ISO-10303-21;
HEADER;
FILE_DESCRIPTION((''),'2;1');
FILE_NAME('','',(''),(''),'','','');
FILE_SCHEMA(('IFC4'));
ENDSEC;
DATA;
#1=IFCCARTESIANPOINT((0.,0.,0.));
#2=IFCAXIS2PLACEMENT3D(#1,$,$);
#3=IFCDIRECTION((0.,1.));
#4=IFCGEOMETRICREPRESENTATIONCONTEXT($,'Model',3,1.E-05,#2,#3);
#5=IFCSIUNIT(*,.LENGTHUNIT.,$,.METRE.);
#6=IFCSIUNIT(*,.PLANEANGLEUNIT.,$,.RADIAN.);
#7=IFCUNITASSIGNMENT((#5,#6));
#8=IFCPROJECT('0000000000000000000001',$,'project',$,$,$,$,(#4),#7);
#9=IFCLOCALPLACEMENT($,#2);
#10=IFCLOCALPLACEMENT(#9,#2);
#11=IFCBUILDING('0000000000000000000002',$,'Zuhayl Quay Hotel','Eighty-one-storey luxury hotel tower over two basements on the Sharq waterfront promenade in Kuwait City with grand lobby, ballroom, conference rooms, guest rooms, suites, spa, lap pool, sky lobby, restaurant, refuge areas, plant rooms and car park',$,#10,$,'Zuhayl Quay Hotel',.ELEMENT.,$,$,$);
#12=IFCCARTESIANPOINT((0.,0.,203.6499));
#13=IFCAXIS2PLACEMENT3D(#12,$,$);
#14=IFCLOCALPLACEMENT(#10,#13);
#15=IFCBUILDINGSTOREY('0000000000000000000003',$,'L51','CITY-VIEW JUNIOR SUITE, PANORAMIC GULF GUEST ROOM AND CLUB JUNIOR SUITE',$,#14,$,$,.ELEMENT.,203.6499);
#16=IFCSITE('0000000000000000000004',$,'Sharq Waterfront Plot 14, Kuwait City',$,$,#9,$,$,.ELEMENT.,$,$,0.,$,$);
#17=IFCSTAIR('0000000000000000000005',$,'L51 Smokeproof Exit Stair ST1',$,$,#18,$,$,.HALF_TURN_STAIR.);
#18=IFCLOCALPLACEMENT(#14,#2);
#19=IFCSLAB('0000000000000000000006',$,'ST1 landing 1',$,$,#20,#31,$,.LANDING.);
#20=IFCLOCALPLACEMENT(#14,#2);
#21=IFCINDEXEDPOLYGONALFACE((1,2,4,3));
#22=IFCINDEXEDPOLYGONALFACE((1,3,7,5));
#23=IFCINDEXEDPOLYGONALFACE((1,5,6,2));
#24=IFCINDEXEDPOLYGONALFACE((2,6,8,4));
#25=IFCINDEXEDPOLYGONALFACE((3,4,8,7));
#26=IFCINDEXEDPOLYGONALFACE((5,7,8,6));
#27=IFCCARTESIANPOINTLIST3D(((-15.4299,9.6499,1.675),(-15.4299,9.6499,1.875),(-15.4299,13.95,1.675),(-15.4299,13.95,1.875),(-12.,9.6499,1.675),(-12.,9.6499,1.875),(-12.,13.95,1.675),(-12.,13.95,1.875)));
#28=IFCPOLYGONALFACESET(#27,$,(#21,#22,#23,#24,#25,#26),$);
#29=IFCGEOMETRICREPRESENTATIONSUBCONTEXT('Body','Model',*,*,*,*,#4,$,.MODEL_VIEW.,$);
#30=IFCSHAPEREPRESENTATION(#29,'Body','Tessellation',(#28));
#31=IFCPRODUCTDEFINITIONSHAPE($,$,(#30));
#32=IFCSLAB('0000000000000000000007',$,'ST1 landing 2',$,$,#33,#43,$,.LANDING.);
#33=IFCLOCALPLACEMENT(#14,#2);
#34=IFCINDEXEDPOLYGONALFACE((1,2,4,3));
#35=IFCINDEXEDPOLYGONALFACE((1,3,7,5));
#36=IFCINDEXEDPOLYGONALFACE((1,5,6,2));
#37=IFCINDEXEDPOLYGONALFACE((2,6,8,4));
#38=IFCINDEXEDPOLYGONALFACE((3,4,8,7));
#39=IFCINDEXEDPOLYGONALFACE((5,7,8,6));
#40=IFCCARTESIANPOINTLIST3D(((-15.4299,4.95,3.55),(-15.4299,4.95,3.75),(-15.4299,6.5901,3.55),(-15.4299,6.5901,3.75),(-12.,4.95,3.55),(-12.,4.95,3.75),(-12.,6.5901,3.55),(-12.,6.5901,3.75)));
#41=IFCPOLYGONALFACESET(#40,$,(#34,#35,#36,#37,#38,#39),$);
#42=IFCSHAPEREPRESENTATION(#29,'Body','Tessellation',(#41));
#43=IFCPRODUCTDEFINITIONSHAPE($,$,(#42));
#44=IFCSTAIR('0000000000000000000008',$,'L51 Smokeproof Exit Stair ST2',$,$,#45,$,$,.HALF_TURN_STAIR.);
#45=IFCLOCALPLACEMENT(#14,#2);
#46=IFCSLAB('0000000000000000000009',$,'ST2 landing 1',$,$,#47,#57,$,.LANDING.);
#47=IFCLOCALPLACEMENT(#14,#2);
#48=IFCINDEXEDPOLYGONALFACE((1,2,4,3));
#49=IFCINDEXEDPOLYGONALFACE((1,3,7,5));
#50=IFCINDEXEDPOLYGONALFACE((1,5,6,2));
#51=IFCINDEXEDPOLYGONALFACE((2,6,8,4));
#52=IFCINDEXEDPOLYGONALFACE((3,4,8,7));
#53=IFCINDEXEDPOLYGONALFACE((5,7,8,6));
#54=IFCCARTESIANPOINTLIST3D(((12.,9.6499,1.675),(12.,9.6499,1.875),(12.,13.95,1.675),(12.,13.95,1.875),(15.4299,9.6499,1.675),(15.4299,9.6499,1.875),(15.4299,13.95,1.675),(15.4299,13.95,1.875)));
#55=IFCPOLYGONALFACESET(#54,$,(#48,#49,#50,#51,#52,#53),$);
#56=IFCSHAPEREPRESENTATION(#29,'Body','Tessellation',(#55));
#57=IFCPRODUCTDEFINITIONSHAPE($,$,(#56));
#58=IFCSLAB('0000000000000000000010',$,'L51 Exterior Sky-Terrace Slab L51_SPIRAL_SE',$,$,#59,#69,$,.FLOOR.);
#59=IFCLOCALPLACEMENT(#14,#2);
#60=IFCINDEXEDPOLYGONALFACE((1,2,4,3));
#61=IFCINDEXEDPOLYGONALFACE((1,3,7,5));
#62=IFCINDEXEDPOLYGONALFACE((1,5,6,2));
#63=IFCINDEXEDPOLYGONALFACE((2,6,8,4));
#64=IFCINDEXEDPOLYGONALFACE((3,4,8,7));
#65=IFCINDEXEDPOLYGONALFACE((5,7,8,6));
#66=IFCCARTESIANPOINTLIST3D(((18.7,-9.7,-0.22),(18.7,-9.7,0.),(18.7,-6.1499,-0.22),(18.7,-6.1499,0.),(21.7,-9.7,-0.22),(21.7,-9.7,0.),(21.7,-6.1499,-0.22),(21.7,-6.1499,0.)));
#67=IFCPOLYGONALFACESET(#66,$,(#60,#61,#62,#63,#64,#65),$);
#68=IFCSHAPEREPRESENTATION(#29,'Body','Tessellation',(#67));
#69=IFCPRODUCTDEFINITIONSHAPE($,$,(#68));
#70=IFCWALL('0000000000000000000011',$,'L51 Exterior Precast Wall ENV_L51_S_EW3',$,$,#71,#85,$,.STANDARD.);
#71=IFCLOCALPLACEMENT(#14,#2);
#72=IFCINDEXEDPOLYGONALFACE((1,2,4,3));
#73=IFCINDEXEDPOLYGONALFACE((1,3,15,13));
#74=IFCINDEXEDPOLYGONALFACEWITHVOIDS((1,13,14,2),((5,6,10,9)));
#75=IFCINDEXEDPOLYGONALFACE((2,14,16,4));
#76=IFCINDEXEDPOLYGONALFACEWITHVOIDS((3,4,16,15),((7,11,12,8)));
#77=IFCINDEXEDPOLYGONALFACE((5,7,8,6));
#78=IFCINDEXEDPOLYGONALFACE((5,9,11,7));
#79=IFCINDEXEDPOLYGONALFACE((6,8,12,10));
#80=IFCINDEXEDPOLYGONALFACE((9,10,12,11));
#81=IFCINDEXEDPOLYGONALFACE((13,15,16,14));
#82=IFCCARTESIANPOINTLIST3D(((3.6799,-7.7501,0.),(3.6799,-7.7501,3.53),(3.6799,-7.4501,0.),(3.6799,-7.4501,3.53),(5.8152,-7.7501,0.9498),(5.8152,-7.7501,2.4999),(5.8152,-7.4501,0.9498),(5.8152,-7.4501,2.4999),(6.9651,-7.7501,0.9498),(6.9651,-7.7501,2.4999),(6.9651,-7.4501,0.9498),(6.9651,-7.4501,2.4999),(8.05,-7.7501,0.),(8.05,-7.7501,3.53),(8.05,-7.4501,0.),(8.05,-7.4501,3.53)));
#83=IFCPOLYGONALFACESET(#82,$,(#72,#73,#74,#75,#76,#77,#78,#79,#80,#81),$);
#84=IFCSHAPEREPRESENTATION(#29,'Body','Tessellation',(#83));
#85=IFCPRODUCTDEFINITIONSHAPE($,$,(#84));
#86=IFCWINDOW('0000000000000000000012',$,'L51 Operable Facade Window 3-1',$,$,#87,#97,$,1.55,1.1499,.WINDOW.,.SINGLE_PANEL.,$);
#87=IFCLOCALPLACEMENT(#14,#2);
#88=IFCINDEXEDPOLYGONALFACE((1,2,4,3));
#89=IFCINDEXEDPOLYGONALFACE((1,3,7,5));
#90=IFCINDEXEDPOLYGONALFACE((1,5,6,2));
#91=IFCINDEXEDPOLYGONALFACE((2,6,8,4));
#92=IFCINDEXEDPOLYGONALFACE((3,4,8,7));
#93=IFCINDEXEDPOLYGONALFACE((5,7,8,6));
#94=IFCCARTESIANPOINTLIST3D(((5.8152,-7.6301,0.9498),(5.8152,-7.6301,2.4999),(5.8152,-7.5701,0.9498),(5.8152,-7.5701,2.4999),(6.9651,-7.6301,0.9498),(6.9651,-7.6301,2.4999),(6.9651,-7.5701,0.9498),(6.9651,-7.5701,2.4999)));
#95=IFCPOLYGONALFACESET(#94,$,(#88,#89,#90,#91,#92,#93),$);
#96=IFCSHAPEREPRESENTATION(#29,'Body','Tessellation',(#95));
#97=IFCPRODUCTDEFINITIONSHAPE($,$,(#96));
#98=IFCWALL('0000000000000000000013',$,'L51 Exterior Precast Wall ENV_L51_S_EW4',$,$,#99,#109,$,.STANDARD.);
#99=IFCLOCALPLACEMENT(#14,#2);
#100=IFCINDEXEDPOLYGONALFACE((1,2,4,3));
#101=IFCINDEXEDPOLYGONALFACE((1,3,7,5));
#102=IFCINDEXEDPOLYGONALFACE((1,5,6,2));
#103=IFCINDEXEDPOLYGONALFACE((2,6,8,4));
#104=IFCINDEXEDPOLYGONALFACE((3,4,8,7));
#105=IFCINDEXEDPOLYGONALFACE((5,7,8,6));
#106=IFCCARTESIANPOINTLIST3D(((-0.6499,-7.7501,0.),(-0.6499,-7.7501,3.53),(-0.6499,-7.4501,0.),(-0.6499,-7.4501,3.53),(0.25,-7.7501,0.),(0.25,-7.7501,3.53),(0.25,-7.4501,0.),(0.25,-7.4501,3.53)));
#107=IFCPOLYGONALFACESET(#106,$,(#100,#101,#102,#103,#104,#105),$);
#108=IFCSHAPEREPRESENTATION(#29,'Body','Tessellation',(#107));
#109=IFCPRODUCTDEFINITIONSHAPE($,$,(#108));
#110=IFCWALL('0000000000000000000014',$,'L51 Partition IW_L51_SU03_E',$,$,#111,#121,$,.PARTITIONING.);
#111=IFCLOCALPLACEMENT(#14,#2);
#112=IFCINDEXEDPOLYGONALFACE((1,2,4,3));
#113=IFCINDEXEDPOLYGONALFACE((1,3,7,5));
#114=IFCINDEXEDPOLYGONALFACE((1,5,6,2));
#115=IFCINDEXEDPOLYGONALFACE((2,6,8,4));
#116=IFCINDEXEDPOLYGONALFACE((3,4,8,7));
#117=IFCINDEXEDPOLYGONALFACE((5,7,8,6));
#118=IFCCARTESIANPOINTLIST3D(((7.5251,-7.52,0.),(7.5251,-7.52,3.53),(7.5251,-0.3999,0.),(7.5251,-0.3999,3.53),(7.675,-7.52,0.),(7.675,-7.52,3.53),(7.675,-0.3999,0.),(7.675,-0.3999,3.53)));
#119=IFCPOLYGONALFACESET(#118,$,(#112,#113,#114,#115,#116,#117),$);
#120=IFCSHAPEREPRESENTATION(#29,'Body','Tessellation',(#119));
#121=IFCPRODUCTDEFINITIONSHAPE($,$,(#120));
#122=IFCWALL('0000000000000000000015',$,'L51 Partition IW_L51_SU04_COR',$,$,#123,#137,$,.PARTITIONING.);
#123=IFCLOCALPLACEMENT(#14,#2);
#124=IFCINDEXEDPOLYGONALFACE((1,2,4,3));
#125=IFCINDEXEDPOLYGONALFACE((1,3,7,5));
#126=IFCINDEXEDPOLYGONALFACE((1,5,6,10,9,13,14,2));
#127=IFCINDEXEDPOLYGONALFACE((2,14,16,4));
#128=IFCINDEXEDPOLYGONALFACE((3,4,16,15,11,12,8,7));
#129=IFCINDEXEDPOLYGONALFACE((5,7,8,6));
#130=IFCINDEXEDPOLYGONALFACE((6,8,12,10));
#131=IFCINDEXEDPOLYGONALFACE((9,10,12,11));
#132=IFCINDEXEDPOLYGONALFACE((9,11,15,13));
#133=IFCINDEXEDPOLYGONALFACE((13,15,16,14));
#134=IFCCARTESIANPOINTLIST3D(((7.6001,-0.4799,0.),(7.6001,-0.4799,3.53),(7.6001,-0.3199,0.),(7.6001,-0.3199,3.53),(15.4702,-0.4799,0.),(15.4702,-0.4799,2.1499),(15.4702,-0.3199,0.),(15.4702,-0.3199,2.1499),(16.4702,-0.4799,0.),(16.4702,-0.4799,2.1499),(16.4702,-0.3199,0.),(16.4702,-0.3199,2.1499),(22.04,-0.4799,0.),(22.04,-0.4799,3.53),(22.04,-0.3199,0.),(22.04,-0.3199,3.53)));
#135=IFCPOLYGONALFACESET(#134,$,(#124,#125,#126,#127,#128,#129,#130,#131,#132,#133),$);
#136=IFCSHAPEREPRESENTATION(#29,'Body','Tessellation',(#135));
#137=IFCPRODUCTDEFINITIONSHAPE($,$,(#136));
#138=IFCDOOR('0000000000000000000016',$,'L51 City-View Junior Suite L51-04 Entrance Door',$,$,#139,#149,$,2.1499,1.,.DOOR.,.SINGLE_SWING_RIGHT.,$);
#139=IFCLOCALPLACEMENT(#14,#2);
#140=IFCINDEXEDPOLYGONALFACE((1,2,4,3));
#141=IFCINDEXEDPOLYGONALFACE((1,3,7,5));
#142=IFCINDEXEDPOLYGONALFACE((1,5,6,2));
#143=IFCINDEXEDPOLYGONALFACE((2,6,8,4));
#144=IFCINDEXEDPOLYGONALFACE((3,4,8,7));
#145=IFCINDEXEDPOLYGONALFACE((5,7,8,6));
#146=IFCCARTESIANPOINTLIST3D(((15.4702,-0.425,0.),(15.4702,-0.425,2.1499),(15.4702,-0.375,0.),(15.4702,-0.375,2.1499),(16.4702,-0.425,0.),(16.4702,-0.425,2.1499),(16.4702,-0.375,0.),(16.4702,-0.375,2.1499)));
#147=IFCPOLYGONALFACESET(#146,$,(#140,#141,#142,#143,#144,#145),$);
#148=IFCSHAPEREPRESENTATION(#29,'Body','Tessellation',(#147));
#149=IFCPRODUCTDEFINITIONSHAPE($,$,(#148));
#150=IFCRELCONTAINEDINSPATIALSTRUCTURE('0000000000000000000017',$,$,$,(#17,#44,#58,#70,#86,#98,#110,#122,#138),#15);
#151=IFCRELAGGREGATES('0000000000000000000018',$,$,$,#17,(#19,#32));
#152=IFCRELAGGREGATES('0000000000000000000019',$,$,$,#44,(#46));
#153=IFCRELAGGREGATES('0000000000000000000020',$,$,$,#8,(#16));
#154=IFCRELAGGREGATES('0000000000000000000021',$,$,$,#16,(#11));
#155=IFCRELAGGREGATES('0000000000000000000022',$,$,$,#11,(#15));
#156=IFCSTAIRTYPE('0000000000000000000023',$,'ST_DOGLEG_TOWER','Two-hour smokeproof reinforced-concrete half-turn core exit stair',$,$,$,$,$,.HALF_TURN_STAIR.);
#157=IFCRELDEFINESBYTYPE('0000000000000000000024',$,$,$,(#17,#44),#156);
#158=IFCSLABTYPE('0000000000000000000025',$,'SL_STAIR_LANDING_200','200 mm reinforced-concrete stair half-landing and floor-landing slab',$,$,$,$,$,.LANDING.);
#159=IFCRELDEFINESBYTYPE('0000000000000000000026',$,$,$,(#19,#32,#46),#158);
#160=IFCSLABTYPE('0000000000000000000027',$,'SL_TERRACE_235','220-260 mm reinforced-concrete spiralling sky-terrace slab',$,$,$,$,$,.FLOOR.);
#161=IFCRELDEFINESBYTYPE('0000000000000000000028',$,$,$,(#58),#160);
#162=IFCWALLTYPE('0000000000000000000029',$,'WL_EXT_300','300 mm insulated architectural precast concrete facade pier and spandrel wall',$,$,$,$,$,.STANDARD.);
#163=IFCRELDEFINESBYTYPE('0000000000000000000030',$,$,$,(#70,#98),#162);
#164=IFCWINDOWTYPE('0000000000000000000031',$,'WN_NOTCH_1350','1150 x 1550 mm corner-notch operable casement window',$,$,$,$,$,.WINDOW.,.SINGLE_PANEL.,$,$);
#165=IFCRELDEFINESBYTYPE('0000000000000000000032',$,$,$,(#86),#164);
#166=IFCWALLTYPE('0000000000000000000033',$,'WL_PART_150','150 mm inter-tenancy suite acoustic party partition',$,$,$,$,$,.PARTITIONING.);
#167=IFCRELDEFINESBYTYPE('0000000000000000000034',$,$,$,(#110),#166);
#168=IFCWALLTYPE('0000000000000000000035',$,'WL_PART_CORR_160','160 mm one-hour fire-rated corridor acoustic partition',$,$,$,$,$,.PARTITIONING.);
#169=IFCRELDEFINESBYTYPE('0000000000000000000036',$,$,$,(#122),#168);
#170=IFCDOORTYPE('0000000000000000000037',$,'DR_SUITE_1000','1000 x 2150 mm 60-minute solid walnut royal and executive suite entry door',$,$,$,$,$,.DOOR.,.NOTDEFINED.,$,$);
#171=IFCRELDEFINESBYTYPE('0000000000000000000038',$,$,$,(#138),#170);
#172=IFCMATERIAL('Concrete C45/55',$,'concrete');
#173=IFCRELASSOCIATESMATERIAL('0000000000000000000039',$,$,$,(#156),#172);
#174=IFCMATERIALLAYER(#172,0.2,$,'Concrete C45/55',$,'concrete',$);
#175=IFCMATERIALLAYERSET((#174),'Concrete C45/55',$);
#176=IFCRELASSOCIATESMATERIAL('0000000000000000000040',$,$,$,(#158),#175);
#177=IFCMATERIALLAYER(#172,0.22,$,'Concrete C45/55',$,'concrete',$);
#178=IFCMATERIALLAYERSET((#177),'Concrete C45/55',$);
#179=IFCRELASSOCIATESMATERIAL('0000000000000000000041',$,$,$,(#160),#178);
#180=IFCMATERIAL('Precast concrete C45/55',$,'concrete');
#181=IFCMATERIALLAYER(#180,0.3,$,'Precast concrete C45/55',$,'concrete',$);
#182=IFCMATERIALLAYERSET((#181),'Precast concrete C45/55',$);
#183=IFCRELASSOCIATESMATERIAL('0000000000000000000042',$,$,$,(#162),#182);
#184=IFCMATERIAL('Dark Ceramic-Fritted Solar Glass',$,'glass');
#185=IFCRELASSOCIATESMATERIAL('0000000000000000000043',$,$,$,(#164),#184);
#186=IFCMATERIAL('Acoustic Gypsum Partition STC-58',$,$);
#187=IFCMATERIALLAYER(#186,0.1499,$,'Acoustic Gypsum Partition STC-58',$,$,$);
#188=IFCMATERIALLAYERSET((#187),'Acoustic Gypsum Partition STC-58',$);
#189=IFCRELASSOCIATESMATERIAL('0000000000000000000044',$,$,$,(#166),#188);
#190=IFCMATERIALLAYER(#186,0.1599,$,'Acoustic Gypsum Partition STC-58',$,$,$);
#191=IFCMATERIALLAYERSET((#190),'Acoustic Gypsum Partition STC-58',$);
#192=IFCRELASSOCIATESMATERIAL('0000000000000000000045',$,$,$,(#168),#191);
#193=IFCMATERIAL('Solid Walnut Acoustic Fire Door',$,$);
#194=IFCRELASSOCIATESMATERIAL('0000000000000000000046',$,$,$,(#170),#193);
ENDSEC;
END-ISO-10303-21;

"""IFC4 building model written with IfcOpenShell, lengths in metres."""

from ifc_helpers import new_model, si_unit, direction, frame, frame_2d, origin, place, context, subcontext, project, spatial, polyline, rectangle, outline, extrude, material, layer, layer_set, type_object, element, fill, aggregate, save


model = new_model("IFC4")

# Units and contexts
model_context = context("Model", 3, precision=1e-05, world=origin(), true_north=direction((0.0, 1.0)))
body_context = subcontext(model_context, "Body", "Model", "MODEL_VIEW")
ifc_project = project(units=[si_unit("LENGTHUNIT", "METRE"), si_unit("PLANEANGLEUNIT", "RADIAN")], contexts=[model_context])

# Site, building, storey
site_placement = place(None, origin())
site = spatial("IfcSite", under=ifc_project, at=site_placement, Name="Sharq Waterfront Plot 14, Kuwait City", CompositionType="ELEMENT", RefElevation=0.0)
building_placement = place(site_placement, origin())
building = spatial("IfcBuilding", under=site, at=building_placement, Name="Zuhayl Quay Hotel", Description="Eighty-one-storey luxury hotel tower over two basements on the Sharq waterfront promenade in Kuwait City with grand lobby, ballroom, conference rooms, guest rooms, suites, spa, lap pool, sky lobby, restaurant, refuge areas, plant rooms and car park", LongName="Zuhayl Quay Hotel", CompositionType="ELEMENT")
storey_placement = place(building_placement, frame((0.0, 0.0, 203.6499)))
storey = spatial("IfcBuildingStorey", under=building, at=storey_placement, Name="L51", Description="CITY-VIEW JUNIOR SUITE, PANORAMIC GULF GUEST ROOM AND CLUB JUNIOR SUITE", CompositionType="ELEMENT", Elevation=203.6499)

# Shared definitions
ifc_material_1 = material(Name="Dark Ceramic-Fritted Solar Glass", Category="glass")

# Stair, slabs
ifc_material_2 = material(Name="Concrete C45/55", Category="concrete")
stair_type = type_object("IfcStairType", Name="ST_DOGLEG_TOWER", Description="Two-hour smokeproof reinforced-concrete half-turn core exit stair", PredefinedType="HALF_TURN_STAIR", material=ifc_material_2)
stair_1_placement = place(storey_placement, origin())
stair_1 = element("IfcStair", 1, at=stair_1_placement, inside=storey, type_object=stair_type, Name="L51 Smokeproof Exit Stair ST1", PredefinedType="HALF_TURN_STAIR")
ifc_layer_1 = layer(ifc_material_2, 0.2, Name="Concrete C45/55", Category="concrete")
ifc_layer_set_1 = layer_set([ifc_layer_1], Name="Concrete C45/55")
slab_type_1 = type_object("IfcSlabType", Name="SL_STAIR_LANDING_200", Description="200 mm reinforced-concrete stair half-landing and floor-landing slab", PredefinedType="LANDING", material=ifc_layer_set_1)
slab_1_placement = place(storey_placement, frame((0.0, 0.0, 1.675)))
slab_1 = element("IfcSlab", 2, at=slab_1_placement, type_object=slab_type_1, Name="ST1 landing 1", PredefinedType="LANDING", context=body_context, shape_type="SweptSolid", body=[
    extrude(outline(polyline([(-12.0, 9.6499), (-12.0, 13.95), (-15.4299, 13.95), (-15.4299, 9.6499), (-12.0, 9.6499)])), origin(), (0.0, 0.0, 1.0), 0.2),
])
slab_2_placement = place(storey_placement, frame((0.0, 0.0, 3.55)))
slab_2 = element("IfcSlab", 3, at=slab_2_placement, type_object=slab_type_1, Name="ST1 landing 2", PredefinedType="LANDING", context=body_context, shape_type="SweptSolid", body=[
    extrude(outline(polyline([(-12.0, 4.95), (-12.0, 6.5901), (-15.4299, 6.5901), (-15.4299, 4.95), (-12.0, 4.95)])), origin(), (0.0, 0.0, 1.0), 0.2),
])
aggregate(stair_1, [slab_1, slab_2])

# Stair, slab
stair_2_placement = place(storey_placement, origin())
stair_2 = element("IfcStair", 4, at=stair_2_placement, inside=storey, type_object=stair_type, Name="L51 Smokeproof Exit Stair ST2", PredefinedType="HALF_TURN_STAIR")
slab_3_placement = place(storey_placement, frame((0.0, 0.0, 1.675)))
slab_3 = element("IfcSlab", 5, at=slab_3_placement, type_object=slab_type_1, Name="ST2 landing 1", PredefinedType="LANDING", context=body_context, shape_type="SweptSolid", body=[
    extrude(outline(polyline([(15.4299, 9.6499), (15.4299, 13.95), (12.0, 13.95), (12.0, 9.6499), (15.4299, 9.6499)])), origin(), (0.0, 0.0, 1.0), 0.2),
])
aggregate(stair_2, [slab_3])

# Slab
ifc_layer_2 = layer(ifc_material_2, 0.22, Name="Concrete C45/55", Category="concrete")
ifc_layer_set_2 = layer_set([ifc_layer_2], Name="Concrete C45/55")
slab_type_2 = type_object("IfcSlabType", Name="SL_TERRACE_235", Description="220-260 mm reinforced-concrete spiralling sky-terrace slab", PredefinedType="FLOOR", material=ifc_layer_set_2)
slab_4_placement = place(storey_placement, frame((0.0, 0.0, -0.22)))
element("IfcSlab", 6, at=slab_4_placement, inside=storey, type_object=slab_type_2, Name="L51 Exterior Sky-Terrace Slab L51_SPIRAL_SE", PredefinedType="FLOOR", context=body_context, shape_type="SweptSolid", body=[
    extrude(outline(polyline([(18.7, -9.7), (21.7, -9.7), (21.7, -6.1499), (18.7, -6.1499), (18.7, -9.7)])), origin(), (0.0, 0.0, 1.0), 0.22),
])

# Wall, opening, window
ifc_material_3 = material(Name="Precast concrete C45/55", Category="concrete")
ifc_layer_3 = layer(ifc_material_3, 0.3, Name="Precast concrete C45/55", Category="concrete")
ifc_layer_set_3 = layer_set([ifc_layer_3], Name="Precast concrete C45/55")
wall_type_1 = type_object("IfcWallType", Name="WL_EXT_300", Description="300 mm insulated architectural precast concrete facade pier and spandrel wall", PredefinedType="STANDARD", material=ifc_layer_set_3)
wall_1_placement = place(storey_placement, frame((8.05, -7.6001, 0.0), z_axis=(0.0, 0.0, 1.0), x_axis=(-1.0, 0.0, 0.0)))
wall_1 = element("IfcWall", 7, at=wall_1_placement, inside=storey, type_object=wall_type_1, Name="L51 Exterior Precast Wall ENV_L51_S_EW3", PredefinedType="STANDARD", context=body_context, shape_type="SweptSolid", body=[
    extrude(rectangle(XDim=4.3701, YDim=0.3, at=frame_2d((2.1851, 0.0))), origin(), (0.0, 0.0, 1.0), 3.53),
])
opening_1_placement = place(wall_1_placement, frame((1.085, 0.0, 0.95)))
opening_1 = element("IfcOpeningElement", 8, at=opening_1_placement, cuts=wall_1, PredefinedType="OPENING", context=body_context, shape_type="SweptSolid", body=[
    extrude(rectangle(XDim=1.1499, YDim=1.55, at=frame_2d((0.575, 0.7749))), frame((0.0, 0.1599, 0.0), z_axis=(0.0, -1.0, 0.0), x_axis=(1.0, 0.0, 0.0)), (0.0, 0.0, 1.0), 0.3201),
])
window_type = type_object("IfcWindowType", Name="WN_NOTCH_1350", Description="1150 x 1550 mm corner-notch operable casement window", PartitioningType="SINGLE_PANEL", PredefinedType="WINDOW", material=ifc_material_1)
window_placement = place(opening_1_placement, origin())
window = element("IfcWindow", 9, at=window_placement, inside=storey, type_object=window_type, Name="L51 Operable Facade Window 3-1", OverallHeight=1.55, OverallWidth=1.1499, PartitioningType="SINGLE_PANEL", PredefinedType="WINDOW", context=body_context, shape_type="SweptSolid", body=[
    extrude(rectangle(XDim=1.1499, YDim=1.55, at=frame_2d((0.575, 0.7749))), frame((0.0, 0.03, 0.0), z_axis=(0.0, -1.0, 0.0), x_axis=(1.0, 0.0, 0.0)), (0.0, 0.0, 1.0), 0.0601),
])
fill(opening_1, window)

# Walls
wall_2_placement = place(storey_placement, frame((0.25, -7.6001, 0.0), z_axis=(0.0, 0.0, 1.0), x_axis=(-1.0, 0.0, 0.0)))
element("IfcWall", 10, at=wall_2_placement, inside=storey, type_object=wall_type_1, Name="L51 Exterior Precast Wall ENV_L51_S_EW4", PredefinedType="STANDARD", context=body_context, shape_type="SweptSolid", body=[
    extrude(rectangle(XDim=0.8999, YDim=0.3, at=frame_2d((0.45, 0.0))), origin(), (0.0, 0.0, 1.0), 3.53),
])
ifc_material_4 = material(Name="Acoustic Gypsum Partition STC-58")
ifc_layer_4 = layer(ifc_material_4, 0.1499, Name="Acoustic Gypsum Partition STC-58")
ifc_layer_set_4 = layer_set([ifc_layer_4], Name="Acoustic Gypsum Partition STC-58")
wall_type_2 = type_object("IfcWallType", Name="WL_PART_150", Description="150 mm inter-tenancy suite acoustic party partition", PredefinedType="PARTITIONING", material=ifc_layer_set_4)
wall_3_placement = place(storey_placement, frame((7.6001, -7.52, 0.0), z_axis=(0.0, 0.0, 1.0), x_axis=(0.0, 1.0, 0.0)))
element("IfcWall", 11, at=wall_3_placement, inside=storey, type_object=wall_type_2, Name="L51 Partition IW_L51_SU03_E", PredefinedType="PARTITIONING", context=body_context, shape_type="SweptSolid", body=[
    extrude(rectangle(XDim=7.1201, YDim=0.1499, at=frame_2d((3.5601, 0.0))), origin(), (0.0, 0.0, 1.0), 3.53),
])

# Wall, opening, door
ifc_layer_5 = layer(ifc_material_4, 0.1599, Name="Acoustic Gypsum Partition STC-58")
ifc_layer_set_5 = layer_set([ifc_layer_5], Name="Acoustic Gypsum Partition STC-58")
wall_type_3 = type_object("IfcWallType", Name="WL_PART_CORR_160", Description="160 mm one-hour fire-rated corridor acoustic partition", PredefinedType="PARTITIONING", material=ifc_layer_set_5)
wall_4_placement = place(storey_placement, frame((7.6001, -0.3999, 0.0), z_axis=(0.0, 0.0, 1.0), x_axis=(1.0, 0.0, 0.0)))
wall_4 = element("IfcWall", 12, at=wall_4_placement, inside=storey, type_object=wall_type_3, Name="L51 Partition IW_L51_SU04_COR", PredefinedType="PARTITIONING", context=body_context, shape_type="SweptSolid", body=[
    extrude(rectangle(XDim=14.4399, YDim=0.1599, at=frame_2d((7.22, 0.0))), origin(), (0.0, 0.0, 1.0), 3.53),
])
opening_2_placement = place(wall_4_placement, frame((7.8701, 0.0, 0.0)))
opening_2 = element("IfcOpeningElement", 13, at=opening_2_placement, cuts=wall_4, PredefinedType="OPENING", context=body_context, shape_type="SweptSolid", body=[
    extrude(rectangle(XDim=1.0, YDim=2.1499, at=frame_2d((0.5, 1.075))), frame((0.0, 0.0898, 0.0), z_axis=(0.0, -1.0, 0.0), x_axis=(1.0, 0.0, 0.0)), (0.0, 0.0, 1.0), 0.1799),
])
ifc_material_5 = material(Name="Solid Walnut Acoustic Fire Door")
door_type_1 = type_object("IfcDoorType", Name="DR_SUITE_1000", Description="1000 x 2150 mm 60-minute solid walnut royal and executive suite entry door", OperationType="NOTDEFINED", PredefinedType="DOOR", material=ifc_material_5)
door_1_placement = place(opening_2_placement, origin())
door_1 = element("IfcDoor", 14, at=door_1_placement, inside=storey, type_object=door_type_1, Name="L51 City-View Junior Suite L51-04 Entrance Door", OperationType="SINGLE_SWING_RIGHT", OverallHeight=2.1499, OverallWidth=1.0, PredefinedType="DOOR", context=body_context, shape_type="SweptSolid", body=[
    extrude(rectangle(XDim=1.0, YDim=2.1499, at=frame_2d((0.5, 1.075))), frame((0.0, 0.0249, 0.0), z_axis=(0.0, -1.0, 0.0), x_axis=(1.0, 0.0, 0.0)), (0.0, 0.0, 1.0), 0.05),
])
fill(opening_2, door_1)

save(model, "model.ifc")
